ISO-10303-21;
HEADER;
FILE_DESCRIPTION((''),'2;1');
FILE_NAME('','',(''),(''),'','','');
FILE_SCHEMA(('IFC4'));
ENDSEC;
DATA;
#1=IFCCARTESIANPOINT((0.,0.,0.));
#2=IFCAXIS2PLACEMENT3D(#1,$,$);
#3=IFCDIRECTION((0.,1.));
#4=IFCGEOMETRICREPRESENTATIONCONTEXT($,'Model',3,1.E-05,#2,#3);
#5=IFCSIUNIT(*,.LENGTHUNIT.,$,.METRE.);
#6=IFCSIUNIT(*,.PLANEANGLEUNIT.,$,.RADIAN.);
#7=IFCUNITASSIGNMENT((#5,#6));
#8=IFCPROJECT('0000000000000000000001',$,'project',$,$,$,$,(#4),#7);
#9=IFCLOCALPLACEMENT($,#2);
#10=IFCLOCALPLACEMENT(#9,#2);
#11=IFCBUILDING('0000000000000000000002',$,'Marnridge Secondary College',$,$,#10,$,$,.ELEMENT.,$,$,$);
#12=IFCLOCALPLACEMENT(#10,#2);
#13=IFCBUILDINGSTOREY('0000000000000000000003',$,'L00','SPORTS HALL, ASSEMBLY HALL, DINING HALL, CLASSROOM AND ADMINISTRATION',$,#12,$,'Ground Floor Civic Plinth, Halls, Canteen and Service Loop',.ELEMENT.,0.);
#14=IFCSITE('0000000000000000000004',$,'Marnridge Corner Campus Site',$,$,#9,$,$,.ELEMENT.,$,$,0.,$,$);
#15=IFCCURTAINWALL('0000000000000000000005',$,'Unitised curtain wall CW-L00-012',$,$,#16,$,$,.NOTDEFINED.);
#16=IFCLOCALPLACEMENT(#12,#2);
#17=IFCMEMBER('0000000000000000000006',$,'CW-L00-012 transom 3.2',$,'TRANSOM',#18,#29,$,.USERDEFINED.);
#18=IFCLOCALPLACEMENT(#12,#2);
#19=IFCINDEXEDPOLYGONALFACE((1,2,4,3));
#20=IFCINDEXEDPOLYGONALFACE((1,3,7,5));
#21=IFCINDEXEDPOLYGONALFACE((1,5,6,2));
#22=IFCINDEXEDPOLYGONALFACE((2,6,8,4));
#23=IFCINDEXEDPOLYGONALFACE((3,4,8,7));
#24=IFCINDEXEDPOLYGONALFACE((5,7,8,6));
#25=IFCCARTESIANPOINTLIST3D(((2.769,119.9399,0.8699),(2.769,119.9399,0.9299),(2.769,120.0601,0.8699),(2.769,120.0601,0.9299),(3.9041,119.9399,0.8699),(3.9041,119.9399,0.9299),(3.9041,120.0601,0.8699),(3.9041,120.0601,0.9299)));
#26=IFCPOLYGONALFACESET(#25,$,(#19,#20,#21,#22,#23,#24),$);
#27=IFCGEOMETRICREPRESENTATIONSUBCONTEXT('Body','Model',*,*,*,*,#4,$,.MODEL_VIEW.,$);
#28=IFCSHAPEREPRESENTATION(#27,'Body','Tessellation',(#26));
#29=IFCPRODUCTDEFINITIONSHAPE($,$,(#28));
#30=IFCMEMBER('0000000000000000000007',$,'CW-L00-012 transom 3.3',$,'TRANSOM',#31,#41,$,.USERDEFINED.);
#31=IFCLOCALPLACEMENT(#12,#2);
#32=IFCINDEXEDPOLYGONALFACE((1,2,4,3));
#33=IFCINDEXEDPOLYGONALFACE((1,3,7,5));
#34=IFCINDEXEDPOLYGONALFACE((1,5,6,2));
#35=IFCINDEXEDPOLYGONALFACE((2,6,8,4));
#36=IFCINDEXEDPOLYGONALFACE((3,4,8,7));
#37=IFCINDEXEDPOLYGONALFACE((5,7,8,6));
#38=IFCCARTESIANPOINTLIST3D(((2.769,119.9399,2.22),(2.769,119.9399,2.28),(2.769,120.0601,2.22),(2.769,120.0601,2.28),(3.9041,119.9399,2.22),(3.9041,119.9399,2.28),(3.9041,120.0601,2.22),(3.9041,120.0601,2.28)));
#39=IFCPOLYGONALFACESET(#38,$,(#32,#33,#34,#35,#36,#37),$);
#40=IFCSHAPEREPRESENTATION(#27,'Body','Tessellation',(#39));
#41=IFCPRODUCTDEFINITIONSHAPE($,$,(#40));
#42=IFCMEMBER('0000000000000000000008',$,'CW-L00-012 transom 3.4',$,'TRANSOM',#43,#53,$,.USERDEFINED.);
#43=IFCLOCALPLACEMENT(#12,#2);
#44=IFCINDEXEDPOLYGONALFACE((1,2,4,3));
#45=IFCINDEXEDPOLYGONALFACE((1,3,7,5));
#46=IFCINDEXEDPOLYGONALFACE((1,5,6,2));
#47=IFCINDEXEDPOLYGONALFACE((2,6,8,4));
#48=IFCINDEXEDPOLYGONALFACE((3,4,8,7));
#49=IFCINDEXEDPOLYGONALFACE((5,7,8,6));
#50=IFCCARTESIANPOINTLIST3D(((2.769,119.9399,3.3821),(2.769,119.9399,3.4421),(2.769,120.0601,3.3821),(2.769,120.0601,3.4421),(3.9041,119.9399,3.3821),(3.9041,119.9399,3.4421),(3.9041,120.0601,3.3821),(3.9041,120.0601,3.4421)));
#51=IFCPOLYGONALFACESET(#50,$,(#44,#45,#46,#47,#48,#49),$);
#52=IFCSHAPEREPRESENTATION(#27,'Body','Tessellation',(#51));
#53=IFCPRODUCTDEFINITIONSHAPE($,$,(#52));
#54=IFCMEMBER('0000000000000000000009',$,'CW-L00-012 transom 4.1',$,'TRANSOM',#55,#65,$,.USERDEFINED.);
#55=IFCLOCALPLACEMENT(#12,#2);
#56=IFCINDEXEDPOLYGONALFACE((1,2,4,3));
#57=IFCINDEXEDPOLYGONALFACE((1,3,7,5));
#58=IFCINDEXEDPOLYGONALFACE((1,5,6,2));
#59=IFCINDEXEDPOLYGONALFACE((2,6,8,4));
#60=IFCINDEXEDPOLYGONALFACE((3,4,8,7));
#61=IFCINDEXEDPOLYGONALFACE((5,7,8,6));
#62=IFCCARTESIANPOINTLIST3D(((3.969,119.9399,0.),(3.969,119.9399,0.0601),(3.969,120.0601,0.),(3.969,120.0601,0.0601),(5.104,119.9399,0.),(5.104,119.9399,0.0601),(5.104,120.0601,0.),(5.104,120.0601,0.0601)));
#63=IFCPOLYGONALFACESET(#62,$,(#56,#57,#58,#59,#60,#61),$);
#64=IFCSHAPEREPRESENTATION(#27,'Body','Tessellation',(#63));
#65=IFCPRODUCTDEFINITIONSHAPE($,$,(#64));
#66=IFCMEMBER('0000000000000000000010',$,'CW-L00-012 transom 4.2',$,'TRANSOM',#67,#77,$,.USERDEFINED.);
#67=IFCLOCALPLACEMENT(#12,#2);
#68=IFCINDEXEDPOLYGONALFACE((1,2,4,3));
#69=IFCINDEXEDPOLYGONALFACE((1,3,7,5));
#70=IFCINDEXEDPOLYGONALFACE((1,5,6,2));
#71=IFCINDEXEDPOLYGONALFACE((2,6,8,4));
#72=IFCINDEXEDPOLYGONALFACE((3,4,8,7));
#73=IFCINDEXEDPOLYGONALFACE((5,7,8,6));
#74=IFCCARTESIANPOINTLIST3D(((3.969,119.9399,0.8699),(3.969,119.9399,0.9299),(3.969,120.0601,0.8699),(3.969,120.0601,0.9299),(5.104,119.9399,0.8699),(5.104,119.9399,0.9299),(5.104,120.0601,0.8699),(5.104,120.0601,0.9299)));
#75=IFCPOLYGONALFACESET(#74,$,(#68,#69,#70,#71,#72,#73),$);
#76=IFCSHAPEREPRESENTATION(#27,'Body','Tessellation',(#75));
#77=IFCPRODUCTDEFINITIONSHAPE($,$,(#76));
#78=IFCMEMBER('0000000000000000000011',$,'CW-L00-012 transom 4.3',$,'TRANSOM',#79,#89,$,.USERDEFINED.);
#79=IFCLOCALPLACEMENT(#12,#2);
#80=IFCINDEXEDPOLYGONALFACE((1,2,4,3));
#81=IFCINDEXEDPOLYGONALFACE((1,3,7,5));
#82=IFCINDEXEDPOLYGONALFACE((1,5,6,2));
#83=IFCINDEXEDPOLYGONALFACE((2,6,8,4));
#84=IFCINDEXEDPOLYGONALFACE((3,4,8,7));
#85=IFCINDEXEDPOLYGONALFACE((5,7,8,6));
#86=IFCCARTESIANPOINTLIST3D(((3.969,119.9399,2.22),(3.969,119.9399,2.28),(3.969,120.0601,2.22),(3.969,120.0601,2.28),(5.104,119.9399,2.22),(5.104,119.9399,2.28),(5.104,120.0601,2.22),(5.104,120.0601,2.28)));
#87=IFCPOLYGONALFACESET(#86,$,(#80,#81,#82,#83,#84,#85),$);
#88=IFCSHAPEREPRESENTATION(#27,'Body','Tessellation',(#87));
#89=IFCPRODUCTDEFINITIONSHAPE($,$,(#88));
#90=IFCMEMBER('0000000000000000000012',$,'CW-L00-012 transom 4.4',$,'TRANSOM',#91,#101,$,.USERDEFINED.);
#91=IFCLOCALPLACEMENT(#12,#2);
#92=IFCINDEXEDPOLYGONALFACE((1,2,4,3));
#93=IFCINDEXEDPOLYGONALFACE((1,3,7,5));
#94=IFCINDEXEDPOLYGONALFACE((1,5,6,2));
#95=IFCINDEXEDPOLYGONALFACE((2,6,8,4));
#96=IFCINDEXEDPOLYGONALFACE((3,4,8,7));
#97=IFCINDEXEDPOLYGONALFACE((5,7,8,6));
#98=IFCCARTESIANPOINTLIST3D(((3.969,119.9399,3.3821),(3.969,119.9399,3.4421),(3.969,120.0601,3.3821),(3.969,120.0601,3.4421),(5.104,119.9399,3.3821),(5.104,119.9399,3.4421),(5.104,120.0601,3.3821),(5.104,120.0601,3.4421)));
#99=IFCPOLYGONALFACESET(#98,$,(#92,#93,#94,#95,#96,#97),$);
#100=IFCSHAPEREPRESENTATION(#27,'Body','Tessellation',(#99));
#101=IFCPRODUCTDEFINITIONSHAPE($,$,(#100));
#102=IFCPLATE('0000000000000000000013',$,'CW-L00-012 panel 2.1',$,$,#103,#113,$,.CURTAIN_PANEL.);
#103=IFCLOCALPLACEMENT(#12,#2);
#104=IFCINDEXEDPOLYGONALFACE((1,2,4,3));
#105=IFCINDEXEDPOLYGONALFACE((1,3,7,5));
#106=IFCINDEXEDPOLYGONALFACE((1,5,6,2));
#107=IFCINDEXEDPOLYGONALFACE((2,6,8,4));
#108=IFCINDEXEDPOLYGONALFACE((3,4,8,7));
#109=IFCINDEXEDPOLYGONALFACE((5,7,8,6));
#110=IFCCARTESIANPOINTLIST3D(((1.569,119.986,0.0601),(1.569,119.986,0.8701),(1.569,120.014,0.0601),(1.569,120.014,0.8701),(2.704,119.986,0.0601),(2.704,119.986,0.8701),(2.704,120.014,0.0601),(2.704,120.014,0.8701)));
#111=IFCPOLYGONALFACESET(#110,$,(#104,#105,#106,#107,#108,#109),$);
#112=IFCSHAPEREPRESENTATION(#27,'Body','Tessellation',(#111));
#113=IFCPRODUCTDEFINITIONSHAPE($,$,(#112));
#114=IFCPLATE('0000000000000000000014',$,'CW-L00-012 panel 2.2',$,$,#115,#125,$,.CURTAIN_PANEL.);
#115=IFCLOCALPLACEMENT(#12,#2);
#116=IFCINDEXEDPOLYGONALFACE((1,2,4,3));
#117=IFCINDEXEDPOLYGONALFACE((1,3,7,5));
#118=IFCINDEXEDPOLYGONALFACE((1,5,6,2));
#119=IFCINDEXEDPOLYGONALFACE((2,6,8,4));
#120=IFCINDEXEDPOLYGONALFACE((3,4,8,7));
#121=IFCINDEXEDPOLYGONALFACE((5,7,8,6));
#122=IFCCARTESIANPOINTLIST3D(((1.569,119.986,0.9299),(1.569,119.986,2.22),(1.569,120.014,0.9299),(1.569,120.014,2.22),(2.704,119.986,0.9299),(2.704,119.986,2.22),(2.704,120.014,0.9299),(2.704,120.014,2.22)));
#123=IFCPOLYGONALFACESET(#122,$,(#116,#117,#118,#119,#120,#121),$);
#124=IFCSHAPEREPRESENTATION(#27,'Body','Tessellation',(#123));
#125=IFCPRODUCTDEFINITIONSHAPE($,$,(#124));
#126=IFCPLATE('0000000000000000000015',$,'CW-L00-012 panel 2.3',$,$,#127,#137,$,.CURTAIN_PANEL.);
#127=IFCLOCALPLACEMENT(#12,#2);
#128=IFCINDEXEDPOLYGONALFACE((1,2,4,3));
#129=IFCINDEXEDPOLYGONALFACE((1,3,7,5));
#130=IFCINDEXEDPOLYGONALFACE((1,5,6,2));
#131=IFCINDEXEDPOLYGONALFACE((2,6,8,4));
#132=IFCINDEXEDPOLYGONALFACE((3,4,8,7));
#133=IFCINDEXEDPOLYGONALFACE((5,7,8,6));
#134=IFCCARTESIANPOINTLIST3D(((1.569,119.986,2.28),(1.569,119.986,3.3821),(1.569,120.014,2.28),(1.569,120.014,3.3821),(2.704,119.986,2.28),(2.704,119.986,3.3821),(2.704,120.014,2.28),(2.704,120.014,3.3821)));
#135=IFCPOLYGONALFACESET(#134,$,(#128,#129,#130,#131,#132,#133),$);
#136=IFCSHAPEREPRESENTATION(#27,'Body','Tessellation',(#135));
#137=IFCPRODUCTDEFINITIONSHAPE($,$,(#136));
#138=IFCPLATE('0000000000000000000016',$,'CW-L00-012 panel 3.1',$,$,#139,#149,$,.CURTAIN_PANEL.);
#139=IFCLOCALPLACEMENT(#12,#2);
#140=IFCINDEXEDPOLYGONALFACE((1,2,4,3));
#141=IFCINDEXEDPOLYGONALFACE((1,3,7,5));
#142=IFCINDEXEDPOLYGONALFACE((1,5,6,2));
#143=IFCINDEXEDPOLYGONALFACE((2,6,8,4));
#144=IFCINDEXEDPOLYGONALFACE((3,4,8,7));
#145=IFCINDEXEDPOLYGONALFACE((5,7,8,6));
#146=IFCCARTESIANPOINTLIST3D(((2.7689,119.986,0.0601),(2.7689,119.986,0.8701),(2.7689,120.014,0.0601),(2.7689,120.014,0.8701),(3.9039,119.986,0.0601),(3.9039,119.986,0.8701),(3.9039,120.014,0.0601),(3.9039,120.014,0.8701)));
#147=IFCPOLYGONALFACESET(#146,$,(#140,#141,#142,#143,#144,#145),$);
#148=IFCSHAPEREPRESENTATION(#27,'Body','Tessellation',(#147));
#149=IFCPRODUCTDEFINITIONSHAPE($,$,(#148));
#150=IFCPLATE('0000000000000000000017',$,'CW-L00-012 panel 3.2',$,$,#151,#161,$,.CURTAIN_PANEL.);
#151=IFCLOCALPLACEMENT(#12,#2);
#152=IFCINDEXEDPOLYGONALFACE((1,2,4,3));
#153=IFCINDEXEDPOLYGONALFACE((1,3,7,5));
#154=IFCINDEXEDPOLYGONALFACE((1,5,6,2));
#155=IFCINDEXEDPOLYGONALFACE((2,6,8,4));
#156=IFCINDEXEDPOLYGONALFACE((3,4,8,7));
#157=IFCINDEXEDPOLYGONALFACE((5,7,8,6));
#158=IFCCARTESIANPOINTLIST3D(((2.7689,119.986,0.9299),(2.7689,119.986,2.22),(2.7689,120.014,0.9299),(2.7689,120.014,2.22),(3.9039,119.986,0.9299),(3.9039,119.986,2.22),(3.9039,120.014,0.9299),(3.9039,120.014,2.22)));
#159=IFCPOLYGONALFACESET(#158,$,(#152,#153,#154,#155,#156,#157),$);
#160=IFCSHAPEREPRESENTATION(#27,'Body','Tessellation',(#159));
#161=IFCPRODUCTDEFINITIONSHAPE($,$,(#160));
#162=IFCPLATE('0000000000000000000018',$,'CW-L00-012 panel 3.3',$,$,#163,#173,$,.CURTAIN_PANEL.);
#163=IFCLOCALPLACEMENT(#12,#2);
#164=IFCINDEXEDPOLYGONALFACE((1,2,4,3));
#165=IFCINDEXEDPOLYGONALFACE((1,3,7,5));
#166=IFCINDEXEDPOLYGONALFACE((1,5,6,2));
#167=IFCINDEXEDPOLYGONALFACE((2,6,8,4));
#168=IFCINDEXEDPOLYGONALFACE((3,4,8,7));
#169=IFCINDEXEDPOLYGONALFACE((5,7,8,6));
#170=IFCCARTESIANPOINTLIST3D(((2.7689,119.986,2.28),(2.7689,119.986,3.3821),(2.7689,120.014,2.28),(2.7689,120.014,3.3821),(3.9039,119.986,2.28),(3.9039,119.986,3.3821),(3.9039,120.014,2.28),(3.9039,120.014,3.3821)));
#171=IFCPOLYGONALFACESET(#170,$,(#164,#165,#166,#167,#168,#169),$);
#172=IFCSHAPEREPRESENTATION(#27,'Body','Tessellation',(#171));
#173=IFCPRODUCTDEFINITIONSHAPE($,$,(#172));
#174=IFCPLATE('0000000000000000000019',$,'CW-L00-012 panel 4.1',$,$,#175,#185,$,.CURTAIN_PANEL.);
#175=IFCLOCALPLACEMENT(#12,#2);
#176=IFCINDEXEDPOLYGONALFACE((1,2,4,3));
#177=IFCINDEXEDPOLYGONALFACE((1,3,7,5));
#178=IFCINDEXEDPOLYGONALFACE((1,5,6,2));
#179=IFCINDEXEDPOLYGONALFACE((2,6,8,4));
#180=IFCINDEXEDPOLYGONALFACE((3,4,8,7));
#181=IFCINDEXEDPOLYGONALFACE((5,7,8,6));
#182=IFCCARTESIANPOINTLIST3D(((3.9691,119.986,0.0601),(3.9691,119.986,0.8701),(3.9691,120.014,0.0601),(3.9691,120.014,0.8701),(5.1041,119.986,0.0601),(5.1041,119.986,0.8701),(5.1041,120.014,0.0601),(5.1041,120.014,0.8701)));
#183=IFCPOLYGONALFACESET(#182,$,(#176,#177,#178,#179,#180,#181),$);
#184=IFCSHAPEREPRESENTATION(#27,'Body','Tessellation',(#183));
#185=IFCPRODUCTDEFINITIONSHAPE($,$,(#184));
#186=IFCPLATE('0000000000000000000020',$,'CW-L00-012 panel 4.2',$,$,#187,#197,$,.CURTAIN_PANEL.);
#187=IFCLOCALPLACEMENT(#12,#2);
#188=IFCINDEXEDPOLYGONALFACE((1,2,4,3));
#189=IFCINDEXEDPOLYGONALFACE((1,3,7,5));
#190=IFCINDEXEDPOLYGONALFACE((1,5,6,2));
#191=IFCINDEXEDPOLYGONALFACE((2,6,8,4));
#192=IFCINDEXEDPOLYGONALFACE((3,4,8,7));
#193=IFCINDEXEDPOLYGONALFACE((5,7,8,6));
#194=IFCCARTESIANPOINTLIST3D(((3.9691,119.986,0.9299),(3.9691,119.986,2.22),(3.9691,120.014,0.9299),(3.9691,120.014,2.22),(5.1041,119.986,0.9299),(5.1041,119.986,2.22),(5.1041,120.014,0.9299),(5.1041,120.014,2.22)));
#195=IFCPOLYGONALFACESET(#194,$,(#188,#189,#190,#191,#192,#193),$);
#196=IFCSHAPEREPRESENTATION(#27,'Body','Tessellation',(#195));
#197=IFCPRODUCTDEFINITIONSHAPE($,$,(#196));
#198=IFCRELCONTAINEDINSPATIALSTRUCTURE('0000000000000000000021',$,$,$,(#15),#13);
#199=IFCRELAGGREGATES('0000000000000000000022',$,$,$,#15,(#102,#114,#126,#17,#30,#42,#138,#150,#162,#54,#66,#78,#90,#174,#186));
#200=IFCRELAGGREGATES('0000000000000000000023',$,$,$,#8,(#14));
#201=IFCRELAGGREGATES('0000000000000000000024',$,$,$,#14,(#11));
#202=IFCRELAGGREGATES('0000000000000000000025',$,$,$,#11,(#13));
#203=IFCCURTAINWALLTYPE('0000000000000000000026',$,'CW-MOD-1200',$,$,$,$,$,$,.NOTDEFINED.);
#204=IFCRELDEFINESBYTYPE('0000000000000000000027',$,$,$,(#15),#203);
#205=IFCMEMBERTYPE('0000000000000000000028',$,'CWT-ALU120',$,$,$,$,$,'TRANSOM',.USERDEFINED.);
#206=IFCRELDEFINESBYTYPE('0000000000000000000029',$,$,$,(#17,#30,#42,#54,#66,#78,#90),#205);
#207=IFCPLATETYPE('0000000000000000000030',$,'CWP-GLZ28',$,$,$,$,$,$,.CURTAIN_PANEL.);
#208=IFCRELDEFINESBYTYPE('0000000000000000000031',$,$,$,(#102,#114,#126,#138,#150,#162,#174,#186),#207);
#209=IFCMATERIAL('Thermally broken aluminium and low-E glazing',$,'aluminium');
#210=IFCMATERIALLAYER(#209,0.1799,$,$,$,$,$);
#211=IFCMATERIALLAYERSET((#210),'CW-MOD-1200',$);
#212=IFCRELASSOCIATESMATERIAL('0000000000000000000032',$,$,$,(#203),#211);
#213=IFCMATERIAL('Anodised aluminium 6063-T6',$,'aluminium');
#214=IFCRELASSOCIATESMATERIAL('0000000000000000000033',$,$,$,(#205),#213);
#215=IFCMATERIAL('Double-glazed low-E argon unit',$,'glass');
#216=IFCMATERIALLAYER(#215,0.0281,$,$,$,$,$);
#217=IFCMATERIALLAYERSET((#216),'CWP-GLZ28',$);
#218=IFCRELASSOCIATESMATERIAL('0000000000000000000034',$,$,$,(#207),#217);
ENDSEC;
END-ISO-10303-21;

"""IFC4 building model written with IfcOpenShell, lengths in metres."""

from ifc_helpers import new_model, si_unit, direction, frame, origin, origin_2d, place, context, subcontext, project, spatial, rectangle, extrude, material, layer, layer_set, material_profile, profile_set, type_object, element, aggregate, save


model = new_model("IFC4")

# Units and contexts
model_context = context("Model", 3, precision=1e-05, world=origin(), true_north=direction((0.0, 1.0)))
body_context = subcontext(model_context, "Body", "Model", "MODEL_VIEW")
ifc_project = project(units=[si_unit("LENGTHUNIT", "METRE"), si_unit("PLANEANGLEUNIT", "RADIAN")], contexts=[model_context])

# Site, building, storey
site_placement = place(None, origin())
site = spatial("IfcSite", under=ifc_project, at=site_placement, Name="Marnridge Corner Campus Site", CompositionType="ELEMENT", RefElevation=0.0)
building_placement = place(site_placement, origin())
building = spatial("IfcBuilding", under=site, at=building_placement, Name="Marnridge Secondary College", CompositionType="ELEMENT")
storey_placement = place(building_placement, origin())
storey = spatial("IfcBuildingStorey", under=building, at=storey_placement, Name="L00", Description="SPORTS HALL, ASSEMBLY HALL, DINING HALL, CLASSROOM AND ADMINISTRATION", LongName="Ground Floor Civic Plinth, Halls, Canteen and Service Loop", CompositionType="ELEMENT", Elevation=0.0)

# Curtain wall, members, plates
ifc_material_1 = material(Name="Thermally broken aluminium and low-E glazing", Category="aluminium")
ifc_layer_1 = layer(ifc_material_1, 0.1799)
ifc_layer_set_1 = layer_set([ifc_layer_1], Name="CW-MOD-1200")
curtain_wall_type = type_object("IfcCurtainWallType", Name="CW-MOD-1200", PredefinedType="NOTDEFINED", material=ifc_layer_set_1)
curtain_wall_placement = place(storey_placement, origin())
curtain_wall = element("IfcCurtainWall", 1, at=curtain_wall_placement, inside=storey, type_object=curtain_wall_type, Name="Unitised curtain wall CW-L00-012", PredefinedType="NOTDEFINED")
ifc_material_2 = material(Name="Anodised aluminium 6063-T6", Category="aluminium")
ifc_material_profile_1 = material_profile(ifc_material_2, rectangle(XDim=0.0601, YDim=0.1201, at=origin_2d()), Name="ALU 60x120")
ifc_profile_set_1 = profile_set([ifc_material_profile_1], Name="Anodised aluminium 6063-T6")
member_type_1 = type_object("IfcMemberType", Name="CWT-ALU120", ElementType="TRANSOM", PredefinedType="USERDEFINED", material=ifc_profile_set_1)
member_1_placement = place(storey_placement, frame((2.769, 120.0, 0.8999), z_axis=(1.0, 0.0, 0.0), x_axis=(0.0, 0.0, 1.0)))
member_1 = element("IfcMember", 2, at=member_1_placement, type_object=member_type_1, Name="CW-L00-012 transom 3.2", ObjectType="TRANSOM", PredefinedType="USERDEFINED", context=body_context, shape_type="SweptSolid", body=[
    extrude(rectangle(XDim=0.0601, YDim=0.1201, at=origin_2d()), origin(), (0.0, 0.0, 1.0), 1.135),
])
member_2_placement = place(storey_placement, frame((2.769, 120.0, 2.25), z_axis=(1.0, 0.0, 0.0), x_axis=(0.0, 0.0, 1.0)))
member_2 = element("IfcMember", 3, at=member_2_placement, type_object=member_type_1, Name="CW-L00-012 transom 3.3", ObjectType="TRANSOM", PredefinedType="USERDEFINED", context=body_context, shape_type="SweptSolid", body=[
    extrude(rectangle(XDim=0.0601, YDim=0.1201, at=origin_2d()), origin(), (0.0, 0.0, 1.0), 1.135),
])
member_3_placement = place(storey_placement, frame((2.769, 120.0, 3.4121), z_axis=(1.0, 0.0, 0.0), x_axis=(0.0, 0.0, 1.0)))
member_3 = element("IfcMember", 4, at=member_3_placement, type_object=member_type_1, Name="CW-L00-012 transom 3.4", ObjectType="TRANSOM", PredefinedType="USERDEFINED", context=body_context, shape_type="SweptSolid", body=[
    extrude(rectangle(XDim=0.0601, YDim=0.1201, at=origin_2d()), origin(), (0.0, 0.0, 1.0), 1.135),
])
member_4_placement = place(storey_placement, frame((3.969, 120.0, 0.03), z_axis=(1.0, 0.0, 0.0), x_axis=(0.0, 0.0, 1.0)))
member_4 = element("IfcMember", 5, at=member_4_placement, type_object=member_type_1, Name="CW-L00-012 transom 4.1", ObjectType="TRANSOM", PredefinedType="USERDEFINED", context=body_context, shape_type="SweptSolid", body=[
    extrude(rectangle(XDim=0.0601, YDim=0.1201, at=origin_2d()), origin(), (0.0, 0.0, 1.0), 1.135),
])
member_5_placement = place(storey_placement, frame((3.969, 120.0, 0.8999), z_axis=(1.0, 0.0, 0.0), x_axis=(0.0, 0.0, 1.0)))
member_5 = element("IfcMember", 6, at=member_5_placement, type_object=member_type_1, Name="CW-L00-012 transom 4.2", ObjectType="TRANSOM", PredefinedType="USERDEFINED", context=body_context, shape_type="SweptSolid", body=[
    extrude(rectangle(XDim=0.0601, YDim=0.1201, at=origin_2d()), origin(), (0.0, 0.0, 1.0), 1.135),
])
member_6_placement = place(storey_placement, frame((3.969, 120.0, 2.25), z_axis=(1.0, 0.0, 0.0), x_axis=(0.0, 0.0, 1.0)))
member_6 = element("IfcMember", 7, at=member_6_placement, type_object=member_type_1, Name="CW-L00-012 transom 4.3", ObjectType="TRANSOM", PredefinedType="USERDEFINED", context=body_context, shape_type="SweptSolid", body=[
    extrude(rectangle(XDim=0.0601, YDim=0.1201, at=origin_2d()), origin(), (0.0, 0.0, 1.0), 1.135),
])
member_7_placement = place(storey_placement, frame((3.969, 120.0, 3.4121), z_axis=(1.0, 0.0, 0.0), x_axis=(0.0, 0.0, 1.0)))
member_7 = element("IfcMember", 8, at=member_7_placement, type_object=member_type_1, Name="CW-L00-012 transom 4.4", ObjectType="TRANSOM", PredefinedType="USERDEFINED", context=body_context, shape_type="SweptSolid", body=[
    extrude(rectangle(XDim=0.0601, YDim=0.1201, at=origin_2d()), origin(), (0.0, 0.0, 1.0), 1.135),
])
ifc_material_3 = material(Name="Double-glazed low-E argon unit", Category="glass")
ifc_layer_2 = layer(ifc_material_3, 0.0281)
ifc_layer_set_2 = layer_set([ifc_layer_2], Name="CWP-GLZ28")
plate_type = type_object("IfcPlateType", Name="CWP-GLZ28", PredefinedType="CURTAIN_PANEL", material=ifc_layer_set_2)
plate_1_placement = place(storey_placement, frame((2.1365, 120.0, 0.0601), z_axis=(0.0, 0.0, 1.0), x_axis=(1.0, 0.0, 0.0)))
plate_1 = element("IfcPlate", 9, at=plate_1_placement, type_object=plate_type, Name="CW-L00-012 panel 2.1", PredefinedType="CURTAIN_PANEL", context=body_context, shape_type="SweptSolid", body=[
    extrude(rectangle(XDim=1.135, YDim=0.0281, at=origin_2d()), origin(), (0.0, 0.0, 1.0), 0.8101),
])
plate_2_placement = place(storey_placement, frame((2.1365, 120.0, 0.9299), z_axis=(0.0, 0.0, 1.0), x_axis=(1.0, 0.0, 0.0)))
plate_2 = element("IfcPlate", 10, at=plate_2_placement, type_object=plate_type, Name="CW-L00-012 panel 2.2", PredefinedType="CURTAIN_PANEL", context=body_context, shape_type="SweptSolid", body=[
    extrude(rectangle(XDim=1.135, YDim=0.0281, at=origin_2d()), origin(), (0.0, 0.0, 1.0), 1.29),
])
plate_3_placement = place(storey_placement, frame((2.1365, 120.0, 2.28), z_axis=(0.0, 0.0, 1.0), x_axis=(1.0, 0.0, 0.0)))
plate_3 = element("IfcPlate", 11, at=plate_3_placement, type_object=plate_type, Name="CW-L00-012 panel 2.3", PredefinedType="CURTAIN_PANEL", context=body_context, shape_type="SweptSolid", body=[
    extrude(rectangle(XDim=1.135, YDim=0.0281, at=origin_2d()), origin(), (0.0, 0.0, 1.0), 1.1021),
])
plate_4_placement = place(storey_placement, frame((3.3364, 120.0, 0.0601), z_axis=(0.0, 0.0, 1.0), x_axis=(1.0, 0.0, 0.0)))
plate_4 = element("IfcPlate", 12, at=plate_4_placement, type_object=plate_type, Name="CW-L00-012 panel 3.1", PredefinedType="CURTAIN_PANEL", context=body_context, shape_type="SweptSolid", body=[
    extrude(rectangle(XDim=1.135, YDim=0.0281, at=origin_2d()), origin(), (0.0, 0.0, 1.0), 0.8101),
])
plate_5_placement = place(storey_placement, frame((3.3364, 120.0, 0.9299), z_axis=(0.0, 0.0, 1.0), x_axis=(1.0, 0.0, 0.0)))
plate_5 = element("IfcPlate", 13, at=plate_5_placement, type_object=plate_type, Name="CW-L00-012 panel 3.2", PredefinedType="CURTAIN_PANEL", context=body_context, shape_type="SweptSolid", body=[
    extrude(rectangle(XDim=1.135, YDim=0.0281, at=origin_2d()), origin(), (0.0, 0.0, 1.0), 1.29),
])
plate_6_placement = place(storey_placement, frame((3.3364, 120.0, 2.28), z_axis=(0.0, 0.0, 1.0), x_axis=(1.0, 0.0, 0.0)))
plate_6 = element("IfcPlate", 14, at=plate_6_placement, type_object=plate_type, Name="CW-L00-012 panel 3.3", PredefinedType="CURTAIN_PANEL", context=body_context, shape_type="SweptSolid", body=[
    extrude(rectangle(XDim=1.135, YDim=0.0281, at=origin_2d()), origin(), (0.0, 0.0, 1.0), 1.1021),
])
plate_7_placement = place(storey_placement, frame((4.5366, 120.0, 0.0601), z_axis=(0.0, 0.0, 1.0), x_axis=(1.0, 0.0, 0.0)))
plate_7 = element("IfcPlate", 15, at=plate_7_placement, type_object=plate_type, Name="CW-L00-012 panel 4.1", PredefinedType="CURTAIN_PANEL", context=body_context, shape_type="SweptSolid", body=[
    extrude(rectangle(XDim=1.135, YDim=0.0281, at=origin_2d()), origin(), (0.0, 0.0, 1.0), 0.8101),
])
plate_8_placement = place(storey_placement, frame((4.5366, 120.0, 0.9299), z_axis=(0.0, 0.0, 1.0), x_axis=(1.0, 0.0, 0.0)))
plate_8 = element("IfcPlate", 16, at=plate_8_placement, type_object=plate_type, Name="CW-L00-012 panel 4.2", PredefinedType="CURTAIN_PANEL", context=body_context, shape_type="SweptSolid", body=[
    extrude(rectangle(XDim=1.135, YDim=0.0281, at=origin_2d()), origin(), (0.0, 0.0, 1.0), 1.29),
])
aggregate(curtain_wall, [plate_1, plate_2, plate_3, member_1, member_2, member_3, plate_4, plate_5, plate_6, member_4, member_5, member_6, member_7, plate_7, plate_8])

save(model, "model.ifc")
